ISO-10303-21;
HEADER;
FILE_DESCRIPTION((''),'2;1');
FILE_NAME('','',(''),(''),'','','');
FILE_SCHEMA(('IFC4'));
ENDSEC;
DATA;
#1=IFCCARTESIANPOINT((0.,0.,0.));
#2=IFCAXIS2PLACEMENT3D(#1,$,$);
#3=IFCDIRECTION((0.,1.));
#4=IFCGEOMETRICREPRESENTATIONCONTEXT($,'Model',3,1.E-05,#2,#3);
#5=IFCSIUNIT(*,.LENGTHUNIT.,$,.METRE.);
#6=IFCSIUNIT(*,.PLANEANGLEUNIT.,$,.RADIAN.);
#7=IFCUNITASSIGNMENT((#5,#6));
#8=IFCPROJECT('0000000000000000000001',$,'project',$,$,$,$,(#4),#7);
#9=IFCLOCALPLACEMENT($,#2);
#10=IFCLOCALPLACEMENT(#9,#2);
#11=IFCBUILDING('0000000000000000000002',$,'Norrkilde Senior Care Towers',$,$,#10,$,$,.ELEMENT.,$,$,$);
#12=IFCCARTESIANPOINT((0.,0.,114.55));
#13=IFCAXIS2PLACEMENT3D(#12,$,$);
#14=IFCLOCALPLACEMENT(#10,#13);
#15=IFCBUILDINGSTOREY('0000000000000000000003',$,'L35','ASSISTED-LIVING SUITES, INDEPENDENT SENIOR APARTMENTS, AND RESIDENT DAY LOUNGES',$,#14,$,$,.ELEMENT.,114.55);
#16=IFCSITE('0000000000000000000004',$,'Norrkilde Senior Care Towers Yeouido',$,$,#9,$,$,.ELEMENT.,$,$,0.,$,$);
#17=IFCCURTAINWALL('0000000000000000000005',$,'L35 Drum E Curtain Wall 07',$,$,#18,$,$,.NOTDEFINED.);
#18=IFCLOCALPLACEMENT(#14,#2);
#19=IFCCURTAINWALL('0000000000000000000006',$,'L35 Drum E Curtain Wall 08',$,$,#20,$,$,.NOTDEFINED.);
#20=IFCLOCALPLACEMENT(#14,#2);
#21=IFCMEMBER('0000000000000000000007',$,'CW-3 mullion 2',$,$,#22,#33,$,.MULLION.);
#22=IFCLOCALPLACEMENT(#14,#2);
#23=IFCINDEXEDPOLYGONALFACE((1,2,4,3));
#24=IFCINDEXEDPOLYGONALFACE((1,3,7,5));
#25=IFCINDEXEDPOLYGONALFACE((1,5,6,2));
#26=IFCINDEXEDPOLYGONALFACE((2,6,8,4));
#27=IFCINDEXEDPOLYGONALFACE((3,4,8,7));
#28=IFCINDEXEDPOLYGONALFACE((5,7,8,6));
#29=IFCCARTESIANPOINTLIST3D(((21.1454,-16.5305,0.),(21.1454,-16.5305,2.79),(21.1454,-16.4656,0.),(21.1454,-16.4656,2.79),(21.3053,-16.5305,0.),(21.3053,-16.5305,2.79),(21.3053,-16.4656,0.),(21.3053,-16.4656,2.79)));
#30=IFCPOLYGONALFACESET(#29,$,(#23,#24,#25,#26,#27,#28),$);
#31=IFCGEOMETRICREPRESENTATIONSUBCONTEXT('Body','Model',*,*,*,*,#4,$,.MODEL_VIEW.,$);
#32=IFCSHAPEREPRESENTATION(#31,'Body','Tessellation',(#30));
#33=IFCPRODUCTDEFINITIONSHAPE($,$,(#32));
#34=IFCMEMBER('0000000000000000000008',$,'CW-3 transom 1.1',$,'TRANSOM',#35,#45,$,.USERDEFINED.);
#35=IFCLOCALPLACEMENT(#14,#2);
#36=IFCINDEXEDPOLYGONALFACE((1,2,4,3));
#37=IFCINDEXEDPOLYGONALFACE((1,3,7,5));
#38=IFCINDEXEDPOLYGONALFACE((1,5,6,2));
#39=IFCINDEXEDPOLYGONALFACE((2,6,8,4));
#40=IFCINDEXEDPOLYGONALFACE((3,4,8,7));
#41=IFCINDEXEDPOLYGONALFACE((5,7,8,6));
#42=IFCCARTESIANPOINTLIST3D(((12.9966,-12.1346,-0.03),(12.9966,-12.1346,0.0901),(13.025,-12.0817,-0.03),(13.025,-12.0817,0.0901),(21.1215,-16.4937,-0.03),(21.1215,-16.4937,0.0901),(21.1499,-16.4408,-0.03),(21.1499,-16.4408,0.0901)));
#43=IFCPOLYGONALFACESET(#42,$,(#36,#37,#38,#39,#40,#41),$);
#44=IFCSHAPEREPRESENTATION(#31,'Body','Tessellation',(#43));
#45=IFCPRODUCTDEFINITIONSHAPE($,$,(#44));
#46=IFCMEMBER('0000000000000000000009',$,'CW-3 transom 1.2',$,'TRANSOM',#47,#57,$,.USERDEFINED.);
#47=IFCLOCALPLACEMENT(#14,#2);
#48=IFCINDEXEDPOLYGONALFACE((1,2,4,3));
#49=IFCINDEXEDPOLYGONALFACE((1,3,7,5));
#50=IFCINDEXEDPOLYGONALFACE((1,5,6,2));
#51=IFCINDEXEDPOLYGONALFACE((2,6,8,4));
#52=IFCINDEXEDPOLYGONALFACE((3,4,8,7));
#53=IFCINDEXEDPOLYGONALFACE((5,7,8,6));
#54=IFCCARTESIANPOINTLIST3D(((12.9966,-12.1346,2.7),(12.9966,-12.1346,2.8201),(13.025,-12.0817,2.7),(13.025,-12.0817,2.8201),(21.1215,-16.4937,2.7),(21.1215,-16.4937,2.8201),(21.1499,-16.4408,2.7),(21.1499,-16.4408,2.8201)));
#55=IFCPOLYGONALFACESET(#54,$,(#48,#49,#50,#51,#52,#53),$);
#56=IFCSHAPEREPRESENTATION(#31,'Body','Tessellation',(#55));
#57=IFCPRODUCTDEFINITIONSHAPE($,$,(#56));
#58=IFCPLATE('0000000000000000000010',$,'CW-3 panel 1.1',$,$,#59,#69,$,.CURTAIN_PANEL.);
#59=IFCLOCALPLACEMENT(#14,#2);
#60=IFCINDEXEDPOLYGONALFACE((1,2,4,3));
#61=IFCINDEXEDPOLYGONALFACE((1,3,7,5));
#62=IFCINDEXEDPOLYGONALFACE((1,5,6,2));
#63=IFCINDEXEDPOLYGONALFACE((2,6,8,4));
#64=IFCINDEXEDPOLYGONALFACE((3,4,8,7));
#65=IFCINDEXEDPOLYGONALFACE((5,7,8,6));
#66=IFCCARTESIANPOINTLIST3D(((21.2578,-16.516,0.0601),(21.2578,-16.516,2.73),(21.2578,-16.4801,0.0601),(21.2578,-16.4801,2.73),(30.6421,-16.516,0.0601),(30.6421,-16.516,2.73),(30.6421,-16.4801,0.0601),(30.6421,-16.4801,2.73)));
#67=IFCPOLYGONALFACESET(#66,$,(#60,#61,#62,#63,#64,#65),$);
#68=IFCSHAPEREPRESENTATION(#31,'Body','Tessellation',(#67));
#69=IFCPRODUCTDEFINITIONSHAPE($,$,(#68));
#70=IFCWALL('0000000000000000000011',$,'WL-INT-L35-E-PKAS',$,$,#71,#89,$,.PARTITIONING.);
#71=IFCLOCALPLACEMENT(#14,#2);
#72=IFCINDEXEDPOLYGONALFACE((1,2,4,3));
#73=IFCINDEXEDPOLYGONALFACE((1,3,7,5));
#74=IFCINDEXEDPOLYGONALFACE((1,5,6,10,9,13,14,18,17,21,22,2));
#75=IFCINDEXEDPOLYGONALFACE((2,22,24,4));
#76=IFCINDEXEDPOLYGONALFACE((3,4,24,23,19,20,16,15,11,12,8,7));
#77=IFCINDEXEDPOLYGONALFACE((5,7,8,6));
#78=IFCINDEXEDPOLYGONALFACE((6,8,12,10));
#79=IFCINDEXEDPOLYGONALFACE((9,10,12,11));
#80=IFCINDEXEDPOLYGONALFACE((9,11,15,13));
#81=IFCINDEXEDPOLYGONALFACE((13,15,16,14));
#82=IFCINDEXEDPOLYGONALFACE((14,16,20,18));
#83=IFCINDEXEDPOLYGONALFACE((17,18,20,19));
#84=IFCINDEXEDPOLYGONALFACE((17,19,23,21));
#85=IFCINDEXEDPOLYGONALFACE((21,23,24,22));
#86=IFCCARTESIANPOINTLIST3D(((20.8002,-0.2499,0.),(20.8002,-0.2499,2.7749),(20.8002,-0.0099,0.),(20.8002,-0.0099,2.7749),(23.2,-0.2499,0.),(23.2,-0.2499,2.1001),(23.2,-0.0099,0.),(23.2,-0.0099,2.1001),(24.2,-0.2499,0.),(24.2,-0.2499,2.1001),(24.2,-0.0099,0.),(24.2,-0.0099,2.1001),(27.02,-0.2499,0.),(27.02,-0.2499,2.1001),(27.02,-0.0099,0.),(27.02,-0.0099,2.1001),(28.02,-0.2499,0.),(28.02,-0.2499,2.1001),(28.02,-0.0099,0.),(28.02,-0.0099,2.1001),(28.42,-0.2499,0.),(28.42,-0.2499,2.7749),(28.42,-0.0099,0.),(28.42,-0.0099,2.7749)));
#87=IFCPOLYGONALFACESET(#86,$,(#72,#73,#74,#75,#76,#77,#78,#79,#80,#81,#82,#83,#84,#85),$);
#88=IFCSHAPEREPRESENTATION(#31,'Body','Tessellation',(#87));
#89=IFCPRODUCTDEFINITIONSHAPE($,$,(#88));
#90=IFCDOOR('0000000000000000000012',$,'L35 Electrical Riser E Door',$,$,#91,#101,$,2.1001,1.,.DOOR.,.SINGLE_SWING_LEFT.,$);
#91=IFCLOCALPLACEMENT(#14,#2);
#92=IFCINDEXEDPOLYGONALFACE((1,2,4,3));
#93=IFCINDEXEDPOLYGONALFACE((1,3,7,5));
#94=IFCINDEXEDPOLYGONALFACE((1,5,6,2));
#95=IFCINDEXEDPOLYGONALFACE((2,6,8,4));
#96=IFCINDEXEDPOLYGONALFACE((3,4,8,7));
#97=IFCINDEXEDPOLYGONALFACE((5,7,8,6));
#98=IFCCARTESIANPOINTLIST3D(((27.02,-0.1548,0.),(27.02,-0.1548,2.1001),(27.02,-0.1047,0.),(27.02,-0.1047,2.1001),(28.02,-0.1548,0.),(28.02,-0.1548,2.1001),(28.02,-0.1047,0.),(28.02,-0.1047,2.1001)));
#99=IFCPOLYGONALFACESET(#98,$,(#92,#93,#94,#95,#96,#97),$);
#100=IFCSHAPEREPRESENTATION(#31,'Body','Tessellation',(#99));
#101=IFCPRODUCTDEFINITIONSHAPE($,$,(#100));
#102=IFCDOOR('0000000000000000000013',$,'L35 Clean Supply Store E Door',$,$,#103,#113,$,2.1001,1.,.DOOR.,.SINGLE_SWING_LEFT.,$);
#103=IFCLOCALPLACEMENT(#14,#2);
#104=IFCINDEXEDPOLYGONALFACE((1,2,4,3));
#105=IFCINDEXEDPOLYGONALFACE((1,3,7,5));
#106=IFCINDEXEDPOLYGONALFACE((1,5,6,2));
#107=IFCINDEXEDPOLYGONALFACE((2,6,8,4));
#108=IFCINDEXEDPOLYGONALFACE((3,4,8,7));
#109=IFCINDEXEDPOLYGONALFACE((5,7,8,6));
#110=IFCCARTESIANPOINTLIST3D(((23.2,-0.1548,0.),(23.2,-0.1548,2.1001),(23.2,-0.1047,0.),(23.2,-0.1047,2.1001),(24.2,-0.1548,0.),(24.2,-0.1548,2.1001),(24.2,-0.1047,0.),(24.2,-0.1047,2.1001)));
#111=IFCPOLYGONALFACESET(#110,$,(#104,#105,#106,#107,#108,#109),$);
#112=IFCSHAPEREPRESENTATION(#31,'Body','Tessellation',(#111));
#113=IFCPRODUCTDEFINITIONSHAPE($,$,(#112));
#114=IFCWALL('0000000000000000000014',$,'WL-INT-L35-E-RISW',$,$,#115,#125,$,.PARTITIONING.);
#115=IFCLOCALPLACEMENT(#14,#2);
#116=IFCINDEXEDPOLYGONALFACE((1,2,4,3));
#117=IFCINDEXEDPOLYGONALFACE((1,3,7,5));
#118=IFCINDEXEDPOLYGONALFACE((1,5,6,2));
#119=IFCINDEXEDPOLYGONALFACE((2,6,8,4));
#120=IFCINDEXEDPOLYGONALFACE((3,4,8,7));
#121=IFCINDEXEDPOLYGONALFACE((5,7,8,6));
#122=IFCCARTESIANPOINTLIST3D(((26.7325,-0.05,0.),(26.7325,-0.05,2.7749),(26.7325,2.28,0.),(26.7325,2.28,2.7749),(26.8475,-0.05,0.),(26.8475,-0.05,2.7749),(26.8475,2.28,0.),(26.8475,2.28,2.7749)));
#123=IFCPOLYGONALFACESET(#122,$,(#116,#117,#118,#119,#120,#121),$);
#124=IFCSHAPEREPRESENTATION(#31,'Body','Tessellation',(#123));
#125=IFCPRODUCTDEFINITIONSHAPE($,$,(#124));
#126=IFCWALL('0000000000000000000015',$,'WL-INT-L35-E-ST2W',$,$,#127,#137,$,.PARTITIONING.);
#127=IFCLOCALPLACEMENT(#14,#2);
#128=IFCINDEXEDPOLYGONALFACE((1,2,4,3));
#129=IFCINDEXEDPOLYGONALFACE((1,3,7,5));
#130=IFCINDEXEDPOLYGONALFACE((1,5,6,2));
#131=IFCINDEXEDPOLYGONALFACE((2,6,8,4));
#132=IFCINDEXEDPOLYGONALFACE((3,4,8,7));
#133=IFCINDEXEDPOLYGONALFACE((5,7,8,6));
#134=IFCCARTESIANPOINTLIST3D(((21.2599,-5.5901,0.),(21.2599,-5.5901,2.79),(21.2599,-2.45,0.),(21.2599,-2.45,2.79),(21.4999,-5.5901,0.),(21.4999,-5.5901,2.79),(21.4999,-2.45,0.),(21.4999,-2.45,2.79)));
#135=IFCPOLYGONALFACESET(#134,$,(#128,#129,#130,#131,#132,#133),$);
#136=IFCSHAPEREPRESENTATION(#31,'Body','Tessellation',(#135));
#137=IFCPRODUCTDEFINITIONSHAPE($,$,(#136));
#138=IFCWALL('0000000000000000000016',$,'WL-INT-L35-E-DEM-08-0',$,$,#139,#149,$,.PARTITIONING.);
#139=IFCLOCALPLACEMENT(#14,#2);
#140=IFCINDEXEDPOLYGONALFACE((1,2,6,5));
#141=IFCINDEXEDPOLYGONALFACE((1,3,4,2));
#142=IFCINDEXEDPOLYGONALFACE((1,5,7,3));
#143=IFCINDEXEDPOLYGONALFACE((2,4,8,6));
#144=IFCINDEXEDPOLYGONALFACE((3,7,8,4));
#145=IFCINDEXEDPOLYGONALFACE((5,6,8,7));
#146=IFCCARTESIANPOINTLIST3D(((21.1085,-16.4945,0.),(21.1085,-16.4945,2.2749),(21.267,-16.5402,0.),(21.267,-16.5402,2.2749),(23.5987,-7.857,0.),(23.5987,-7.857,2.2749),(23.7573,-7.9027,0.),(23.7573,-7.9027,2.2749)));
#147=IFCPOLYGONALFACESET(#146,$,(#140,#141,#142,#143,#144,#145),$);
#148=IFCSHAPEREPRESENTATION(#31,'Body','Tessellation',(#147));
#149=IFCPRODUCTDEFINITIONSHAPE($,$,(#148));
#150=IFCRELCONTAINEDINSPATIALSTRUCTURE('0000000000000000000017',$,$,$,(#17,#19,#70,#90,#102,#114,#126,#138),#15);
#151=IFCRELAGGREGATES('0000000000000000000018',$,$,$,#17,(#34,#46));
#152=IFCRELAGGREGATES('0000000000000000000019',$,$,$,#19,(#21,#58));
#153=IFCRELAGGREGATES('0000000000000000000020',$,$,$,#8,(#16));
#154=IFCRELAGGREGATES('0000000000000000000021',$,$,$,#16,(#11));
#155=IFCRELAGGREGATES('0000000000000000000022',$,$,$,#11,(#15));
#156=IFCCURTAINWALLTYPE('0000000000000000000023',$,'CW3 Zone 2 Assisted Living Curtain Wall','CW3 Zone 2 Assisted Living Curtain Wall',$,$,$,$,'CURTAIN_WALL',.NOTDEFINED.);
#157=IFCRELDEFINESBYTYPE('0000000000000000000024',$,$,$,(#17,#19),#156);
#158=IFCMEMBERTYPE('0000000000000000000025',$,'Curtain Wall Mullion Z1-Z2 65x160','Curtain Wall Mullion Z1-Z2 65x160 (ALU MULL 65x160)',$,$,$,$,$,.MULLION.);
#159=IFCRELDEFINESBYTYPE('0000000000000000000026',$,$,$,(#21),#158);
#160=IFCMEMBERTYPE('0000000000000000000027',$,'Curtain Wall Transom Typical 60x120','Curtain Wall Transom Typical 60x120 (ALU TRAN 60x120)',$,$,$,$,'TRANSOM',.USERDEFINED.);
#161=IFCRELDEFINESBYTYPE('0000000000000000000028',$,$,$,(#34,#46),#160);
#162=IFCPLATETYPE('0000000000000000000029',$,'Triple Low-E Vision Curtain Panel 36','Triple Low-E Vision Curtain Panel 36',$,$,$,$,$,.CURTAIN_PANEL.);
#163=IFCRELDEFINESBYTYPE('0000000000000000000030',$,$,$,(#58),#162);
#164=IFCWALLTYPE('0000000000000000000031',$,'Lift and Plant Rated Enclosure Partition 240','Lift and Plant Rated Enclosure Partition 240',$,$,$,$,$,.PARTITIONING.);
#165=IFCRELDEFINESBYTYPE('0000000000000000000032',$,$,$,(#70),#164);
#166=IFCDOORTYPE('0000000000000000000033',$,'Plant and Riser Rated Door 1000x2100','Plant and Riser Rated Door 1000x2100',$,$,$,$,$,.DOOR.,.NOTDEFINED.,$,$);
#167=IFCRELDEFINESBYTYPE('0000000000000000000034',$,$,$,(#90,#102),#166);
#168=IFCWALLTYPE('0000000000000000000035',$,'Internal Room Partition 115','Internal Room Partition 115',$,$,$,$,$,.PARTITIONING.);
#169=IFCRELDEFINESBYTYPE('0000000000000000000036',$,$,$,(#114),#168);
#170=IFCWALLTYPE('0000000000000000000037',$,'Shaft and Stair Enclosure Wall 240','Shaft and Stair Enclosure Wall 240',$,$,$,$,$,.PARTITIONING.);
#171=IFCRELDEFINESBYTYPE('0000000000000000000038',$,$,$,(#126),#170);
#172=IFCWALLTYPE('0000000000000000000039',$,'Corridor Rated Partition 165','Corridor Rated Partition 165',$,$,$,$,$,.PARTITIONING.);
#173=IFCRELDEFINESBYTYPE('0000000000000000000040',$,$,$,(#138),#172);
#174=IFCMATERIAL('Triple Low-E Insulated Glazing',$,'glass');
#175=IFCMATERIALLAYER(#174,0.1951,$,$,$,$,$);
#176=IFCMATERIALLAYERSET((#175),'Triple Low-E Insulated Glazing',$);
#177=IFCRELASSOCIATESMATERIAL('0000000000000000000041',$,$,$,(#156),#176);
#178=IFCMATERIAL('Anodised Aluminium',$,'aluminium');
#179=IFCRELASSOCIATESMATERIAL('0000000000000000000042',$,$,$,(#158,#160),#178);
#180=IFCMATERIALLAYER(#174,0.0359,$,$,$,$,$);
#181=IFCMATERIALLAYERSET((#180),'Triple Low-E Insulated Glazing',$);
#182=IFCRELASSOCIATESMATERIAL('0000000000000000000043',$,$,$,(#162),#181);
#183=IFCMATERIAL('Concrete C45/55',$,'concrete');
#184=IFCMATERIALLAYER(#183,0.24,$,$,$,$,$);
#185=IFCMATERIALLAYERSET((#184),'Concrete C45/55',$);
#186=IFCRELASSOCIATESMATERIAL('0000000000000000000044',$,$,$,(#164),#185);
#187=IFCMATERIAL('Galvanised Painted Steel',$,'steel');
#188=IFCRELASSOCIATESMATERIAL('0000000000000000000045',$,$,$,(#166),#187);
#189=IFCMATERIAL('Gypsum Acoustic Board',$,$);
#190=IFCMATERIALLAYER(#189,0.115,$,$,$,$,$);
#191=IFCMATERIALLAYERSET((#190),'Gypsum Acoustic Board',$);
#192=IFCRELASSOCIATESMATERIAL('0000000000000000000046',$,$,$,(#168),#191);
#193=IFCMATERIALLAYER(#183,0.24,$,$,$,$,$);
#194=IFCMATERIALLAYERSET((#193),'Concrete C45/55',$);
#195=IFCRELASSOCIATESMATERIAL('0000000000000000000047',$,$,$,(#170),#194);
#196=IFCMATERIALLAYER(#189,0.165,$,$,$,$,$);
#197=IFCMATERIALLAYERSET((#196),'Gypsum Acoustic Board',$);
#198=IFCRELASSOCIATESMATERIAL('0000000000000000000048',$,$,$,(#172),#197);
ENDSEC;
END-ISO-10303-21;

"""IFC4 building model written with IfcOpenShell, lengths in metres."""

from ifc_helpers import new_model, si_unit, direction, frame, frame_2d, origin, origin_2d, place, context, subcontext, project, spatial, rectangle, extrude, source, transform, mapped, material, layer, layer_set, material_profile, profile_set, type_object, type_shapes, element, fill, aggregate, save


model = new_model("IFC4")

# Units and contexts
model_context = context("Model", 3, precision=1e-05, world=origin(), true_north=direction((0.0, 1.0)))
body_context = subcontext(model_context, "Body", "Model", "MODEL_VIEW")
ifc_project = project(units=[si_unit("LENGTHUNIT", "METRE"), si_unit("PLANEANGLEUNIT", "RADIAN")], contexts=[model_context])

# Site, building, storey
site_placement = place(None, origin())
site = spatial("IfcSite", under=ifc_project, at=site_placement, Name="Norrkilde Senior Care Towers Yeouido", CompositionType="ELEMENT", RefElevation=0.0)
building_placement = place(site_placement, origin())
building = spatial("IfcBuilding", under=site, at=building_placement, Name="Norrkilde Senior Care Towers", CompositionType="ELEMENT")
storey_placement = place(building_placement, frame((0.0, 0.0, 114.55)))
storey = spatial("IfcBuildingStorey", under=building, at=storey_placement, Name="L35", Description="ASSISTED-LIVING SUITES, INDEPENDENT SENIOR APARTMENTS, AND RESIDENT DAY LOUNGES", CompositionType="ELEMENT", Elevation=114.55)

# Curtain walls, member
ifc_material_1 = material(Name="Triple Low-E Insulated Glazing", Category="glass")
ifc_layer_1 = layer(ifc_material_1, 0.1951)
ifc_layer_set_1 = layer_set([ifc_layer_1], Name="Triple Low-E Insulated Glazing")
curtain_wall_type = type_object("IfcCurtainWallType", Name="CW3 Zone 2 Assisted Living Curtain Wall", Description="CW3 Zone 2 Assisted Living Curtain Wall", ElementType="CURTAIN_WALL", PredefinedType="NOTDEFINED", material=ifc_layer_set_1)
curtain_wall_1_placement = place(storey_placement, origin())
curtain_wall_1 = element("IfcCurtainWall", 1, at=curtain_wall_1_placement, inside=storey, type_object=curtain_wall_type, Name="L35 Drum E Curtain Wall 07", PredefinedType="NOTDEFINED")
ifc_material_2 = material(Name="Anodised Aluminium", Category="aluminium")
ifc_material_profile_1 = material_profile(ifc_material_2, rectangle(XDim=0.0649, YDim=0.1599, at=origin_2d()), Name="ALU MULL 65x160")
ifc_profile_set_1 = profile_set([ifc_material_profile_1], Name="Anodised Aluminium")
member_type_1 = type_object("IfcMemberType", Name="Curtain Wall Mullion Z1-Z2 65x160", Description="Curtain Wall Mullion Z1-Z2 65x160 (ALU MULL 65x160)", PredefinedType="MULLION", material=ifc_profile_set_1)
shared_shape_1 = source(origin(), body_context, "Body", "SweptSolid", [
    extrude(rectangle(XDim=0.0649, YDim=0.1599, at=origin_2d()), origin(), (0.0, 0.0, 1.0), 2.79),
])
type_shapes(member_type_1, [shared_shape_1])
curtain_wall_2_placement = place(storey_placement, origin())
curtain_wall_2 = element("IfcCurtainWall", 2, at=curtain_wall_2_placement, inside=storey, type_object=curtain_wall_type, Name="L35 Drum E Curtain Wall 08", PredefinedType="NOTDEFINED")
member_1_placement = place(storey_placement, frame((21.2253, -16.498, 0.0), z_axis=(0.0, 0.0, 1.0), x_axis=(0.0, -1.0, 0.0)))
member_1 = element("IfcMember", 3, at=member_1_placement, type_object=member_type_1, Name="CW-3 mullion 2", PredefinedType="MULLION", context=body_context, shape_type="MappedRepresentation", body=[
    mapped(shared_shape_1, transform((0.0, 0.0, 0.0), x_axis=(1.0, 0.0, 0.0), y_axis=(0.0, 1.0, 0.0), z_axis=(0.0, 0.0, 1.0), scale=1.0)),
])

# Members
ifc_material_profile_2 = material_profile(ifc_material_2, rectangle(XDim=0.0601, YDim=0.1201, at=origin_2d()), Name="ALU TRAN 60x120")
ifc_profile_set_2 = profile_set([ifc_material_profile_2], Name="Anodised Aluminium")
member_type_2 = type_object("IfcMemberType", Name="Curtain Wall Transom Typical 60x120", Description="Curtain Wall Transom Typical 60x120 (ALU TRAN 60x120)", ElementType="TRANSOM", PredefinedType="USERDEFINED", material=ifc_profile_set_2)
shared_shape_2 = source(origin(), body_context, "Body", "SweptSolid", [
    extrude(rectangle(XDim=0.0601, YDim=0.1201, at=origin_2d()), origin(), (0.0, 0.0, 1.0), 9.2205),
])
type_shapes(member_type_2, [shared_shape_2])
member_2_placement = place(storey_placement, frame((21.1357, -16.4673, 0.03), z_axis=(-0.881189, 0.472765, 0.0), x_axis=(-0.472765, -0.881189, 0.0)))
member_2 = element("IfcMember", 4, at=member_2_placement, type_object=member_type_2, Name="CW-3 transom 1.1", ObjectType="TRANSOM", PredefinedType="USERDEFINED", context=body_context, shape_type="MappedRepresentation", body=[
    mapped(shared_shape_2, transform((0.0, 0.0, 0.0), x_axis=(1.0, 0.0, 0.0), y_axis=(0.0, 1.0, 0.0), z_axis=(0.0, 0.0, 1.0), scale=1.0)),
])
member_3_placement = place(storey_placement, frame((21.1357, -16.4673, 2.76), z_axis=(-0.881189, 0.472765, 0.0), x_axis=(-0.472765, -0.881189, 0.0)))
member_3 = element("IfcMember", 5, at=member_3_placement, type_object=member_type_2, Name="CW-3 transom 1.2", ObjectType="TRANSOM", PredefinedType="USERDEFINED", context=body_context, shape_type="MappedRepresentation", body=[
    mapped(shared_shape_2, transform((0.0, 0.0, 0.0), x_axis=(1.0, 0.0, 0.0), y_axis=(0.0, 1.0, 0.0), z_axis=(0.0, 0.0, 1.0), scale=1.0)),
])
aggregate(curtain_wall_1, [member_2, member_3])

# Plate
ifc_layer_2 = layer(ifc_material_1, 0.0359)
ifc_layer_set_2 = layer_set([ifc_layer_2], Name="Triple Low-E Insulated Glazing")
plate_type = type_object("IfcPlateType", Name="Triple Low-E Vision Curtain Panel 36", Description="Triple Low-E Vision Curtain Panel 36", PredefinedType="CURTAIN_PANEL", material=ifc_layer_set_2)
shared_shape_3 = source(origin(), body_context, "Body", "SweptSolid", [
    extrude(rectangle(XDim=9.3843, YDim=0.0359, at=origin_2d()), origin(), (0.0, 0.0, 1.0), 2.6699),
])
type_shapes(plate_type, [shared_shape_3])
plate_placement = place(storey_placement, frame((25.95, -16.498, 0.0601), z_axis=(0.0, 0.0, 1.0), x_axis=(-1.0, 0.0, 0.0)))
plate = element("IfcPlate", 6, at=plate_placement, type_object=plate_type, Name="CW-3 panel 1.1", PredefinedType="CURTAIN_PANEL", context=body_context, shape_type="MappedRepresentation", body=[
    mapped(shared_shape_3, transform((0.0, 0.0, 0.0), x_axis=(1.0, 0.0, 0.0), y_axis=(0.0, 1.0, 0.0), z_axis=(0.0, 0.0, 1.0), scale=1.0)),
])
aggregate(curtain_wall_2, [member_1, plate])

# Wall, openings, doors
ifc_material_3 = material(Name="Concrete C45/55", Category="concrete")
ifc_layer_3 = layer(ifc_material_3, 0.24)
ifc_layer_set_3 = layer_set([ifc_layer_3], Name="Concrete C45/55")
wall_type_1 = type_object("IfcWallType", Name="Lift and Plant Rated Enclosure Partition 240", Description="Lift and Plant Rated Enclosure Partition 240", PredefinedType="PARTITIONING", material=ifc_layer_set_3)
shared_shape_4 = source(origin(), body_context, "Body", "SweptSolid", [
    extrude(rectangle(XDim=7.6199, YDim=0.24, at=frame_2d((3.8101, 0.0))), origin(), (0.0, 0.0, 1.0), 2.7749),
])
type_shapes(wall_type_1, [shared_shape_4])
wall_1_placement = place(storey_placement, frame((20.8, -0.1299, 0.0), z_axis=(0.0, 0.0, 1.0), x_axis=(1.0, 0.0, 0.0)))
wall_1 = element("IfcWall", 7, at=wall_1_placement, inside=storey, type_object=wall_type_1, Name="WL-INT-L35-E-PKAS", PredefinedType="PARTITIONING", context=body_context, shape_type="MappedRepresentation", body=[
    mapped(shared_shape_4, transform((0.0, 0.0, 0.0), x_axis=(1.0, 0.0, 0.0), y_axis=(0.0, 1.0, 0.0), z_axis=(0.0, 0.0, 1.0), scale=1.0)),
])
opening_1_placement = place(wall_1_placement, frame((6.22, 0.0, 0.0)))
opening_1 = element("IfcOpeningElement", 8, at=opening_1_placement, cuts=wall_1, PredefinedType="OPENING", context=body_context, shape_type="SweptSolid", body=[
    extrude(rectangle(XDim=1.0, YDim=2.1001, at=frame_2d((0.5, 1.05))), frame((0.0, 0.1299, 0.0), z_axis=(0.0, -1.0, 0.0), x_axis=(1.0, 0.0, 0.0)), (0.0, 0.0, 1.0), 0.26),
])
opening_2_placement = place(wall_1_placement, frame((2.3999, 0.0, 0.0)))
opening_2 = element("IfcOpeningElement", 9, at=opening_2_placement, cuts=wall_1, PredefinedType="OPENING", context=body_context, shape_type="SweptSolid", body=[
    extrude(rectangle(XDim=1.0, YDim=2.1001, at=frame_2d((0.5, 1.05))), frame((0.0, 0.1299, 0.0), z_axis=(0.0, -1.0, 0.0), x_axis=(1.0, 0.0, 0.0)), (0.0, 0.0, 1.0), 0.26),
])
ifc_material_4 = material(Name="Galvanised Painted Steel", Category="steel")
door_type = type_object("IfcDoorType", Name="Plant and Riser Rated Door 1000x2100", Description="Plant and Riser Rated Door 1000x2100", OperationType="NOTDEFINED", PredefinedType="DOOR", material=ifc_material_4)
shared_shape_5 = source(origin(), body_context, "Body", "SweptSolid", [
    extrude(rectangle(XDim=1.0, YDim=2.1001, at=frame_2d((0.5, 1.05))), frame((0.0, 0.0249, 0.0), z_axis=(0.0, -1.0, 0.0), x_axis=(1.0, 0.0, 0.0)), (0.0, 0.0, 1.0), 0.05),
])
type_shapes(door_type, [shared_shape_5])
door_1_placement = place(opening_1_placement, frame((1.0, 0.0, 0.0), z_axis=(0.0, 0.0, 1.0), x_axis=(-1.0, 0.0, 0.0)))
door_1 = element("IfcDoor", 10, at=door_1_placement, inside=storey, type_object=door_type, Name="L35 Electrical Riser E Door", OperationType="SINGLE_SWING_LEFT", OverallHeight=2.1001, OverallWidth=1.0, PredefinedType="DOOR", context=body_context, shape_type="MappedRepresentation", body=[
    mapped(shared_shape_5, transform((0.0, 0.0, 0.0), x_axis=(1.0, 0.0, 0.0), y_axis=(0.0, 1.0, 0.0), z_axis=(0.0, 0.0, 1.0), scale=1.0)),
])
fill(opening_1, door_1)
door_2_placement = place(opening_2_placement, frame((1.0, 0.0, 0.0), z_axis=(0.0, 0.0, 1.0), x_axis=(-1.0, 0.0, 0.0)))
door_2 = element("IfcDoor", 11, at=door_2_placement, inside=storey, type_object=door_type, Name="L35 Clean Supply Store E Door", OperationType="SINGLE_SWING_LEFT", OverallHeight=2.1001, OverallWidth=1.0, PredefinedType="DOOR", context=body_context, shape_type="MappedRepresentation", body=[
    mapped(shared_shape_5, transform((0.0, 0.0, 0.0), x_axis=(1.0, 0.0, 0.0), y_axis=(0.0, 1.0, 0.0), z_axis=(0.0, 0.0, 1.0), scale=1.0)),
])
fill(opening_2, door_2)

# Walls
ifc_material_5 = material(Name="Gypsum Acoustic Board")
ifc_layer_4 = layer(ifc_material_5, 0.115)
ifc_layer_set_4 = layer_set([ifc_layer_4], Name="Gypsum Acoustic Board")
wall_type_2 = type_object("IfcWallType", Name="Internal Room Partition 115", Description="Internal Room Partition 115", PredefinedType="PARTITIONING", material=ifc_layer_set_4)
shared_shape_6 = source(origin(), body_context, "Body", "SweptSolid", [
    extrude(rectangle(XDim=2.3301, YDim=0.115, at=frame_2d((1.165, 0.0))), origin(), (0.0, 0.0, 1.0), 2.7749),
])
type_shapes(wall_type_2, [shared_shape_6])
wall_2_placement = place(storey_placement, frame((26.79, -0.05, 0.0), z_axis=(0.0, 0.0, 1.0), x_axis=(0.0, 1.0, 0.0)))
element("IfcWall", 12, at=wall_2_placement, inside=storey, type_object=wall_type_2, Name="WL-INT-L35-E-RISW", PredefinedType="PARTITIONING", context=body_context, shape_type="MappedRepresentation", body=[
    mapped(shared_shape_6, transform((0.0, 0.0, 0.0), x_axis=(1.0, 0.0, 0.0), y_axis=(0.0, 1.0, 0.0), z_axis=(0.0, 0.0, 1.0), scale=1.0)),
])
ifc_layer_5 = layer(ifc_material_3, 0.24)
ifc_layer_set_5 = layer_set([ifc_layer_5], Name="Concrete C45/55")
wall_type_3 = type_object("IfcWallType", Name="Shaft and Stair Enclosure Wall 240", Description="Shaft and Stair Enclosure Wall 240", PredefinedType="PARTITIONING", material=ifc_layer_set_5)
shared_shape_7 = source(origin(), body_context, "Body", "SweptSolid", [
    extrude(rectangle(XDim=3.1401, YDim=0.24, at=frame_2d((1.5701, 0.0))), origin(), (0.0, 0.0, 1.0), 2.79),
])
type_shapes(wall_type_3, [shared_shape_7])
wall_3_placement = place(storey_placement, frame((21.3799, -5.5901, 0.0), z_axis=(0.0, 0.0, 1.0), x_axis=(0.0, 1.0, 0.0)))
element("IfcWall", 13, at=wall_3_placement, inside=storey, type_object=wall_type_3, Name="WL-INT-L35-E-ST2W", PredefinedType="PARTITIONING", context=body_context, shape_type="MappedRepresentation", body=[
    mapped(shared_shape_7, transform((0.0, 0.0, 0.0), x_axis=(1.0, 0.0, 0.0), y_axis=(0.0, 1.0, 0.0), z_axis=(0.0, 0.0, 1.0), scale=1.0)),
])
ifc_layer_6 = layer(ifc_material_5, 0.165)
ifc_layer_set_6 = layer_set([ifc_layer_6], Name="Gypsum Acoustic Board")
wall_type_4 = type_object("IfcWallType", Name="Corridor Rated Partition 165", Description="Corridor Rated Partition 165", PredefinedType="PARTITIONING", material=ifc_layer_set_6)
shared_shape_8 = source(origin(), body_context, "Body", "SweptSolid", [
    extrude(rectangle(XDim=8.9893, YDim=0.165, at=frame_2d((4.4946, 0.0))), origin(), (0.0, 0.0, 1.0), 2.2749),
])
wall_4_placement = place(storey_placement, frame((23.678, -7.8799, 0.0), z_axis=(0.0, 0.0, 1.0), x_axis=(-0.277023, -0.960863, 0.0)))
element("IfcWall", 14, at=wall_4_placement, inside=storey, type_object=wall_type_4, Name="WL-INT-L35-E-DEM-08-0", PredefinedType="PARTITIONING", context=body_context, shape_type="MappedRepresentation", body=[
    mapped(shared_shape_8, transform((0.0, 0.0, 0.0), x_axis=(1.0, 0.0, 0.0), y_axis=(0.0, 1.0, 0.0), z_axis=(0.0, 0.0, 1.0), scale=1.0)),
])

save(model, "model.ifc")
